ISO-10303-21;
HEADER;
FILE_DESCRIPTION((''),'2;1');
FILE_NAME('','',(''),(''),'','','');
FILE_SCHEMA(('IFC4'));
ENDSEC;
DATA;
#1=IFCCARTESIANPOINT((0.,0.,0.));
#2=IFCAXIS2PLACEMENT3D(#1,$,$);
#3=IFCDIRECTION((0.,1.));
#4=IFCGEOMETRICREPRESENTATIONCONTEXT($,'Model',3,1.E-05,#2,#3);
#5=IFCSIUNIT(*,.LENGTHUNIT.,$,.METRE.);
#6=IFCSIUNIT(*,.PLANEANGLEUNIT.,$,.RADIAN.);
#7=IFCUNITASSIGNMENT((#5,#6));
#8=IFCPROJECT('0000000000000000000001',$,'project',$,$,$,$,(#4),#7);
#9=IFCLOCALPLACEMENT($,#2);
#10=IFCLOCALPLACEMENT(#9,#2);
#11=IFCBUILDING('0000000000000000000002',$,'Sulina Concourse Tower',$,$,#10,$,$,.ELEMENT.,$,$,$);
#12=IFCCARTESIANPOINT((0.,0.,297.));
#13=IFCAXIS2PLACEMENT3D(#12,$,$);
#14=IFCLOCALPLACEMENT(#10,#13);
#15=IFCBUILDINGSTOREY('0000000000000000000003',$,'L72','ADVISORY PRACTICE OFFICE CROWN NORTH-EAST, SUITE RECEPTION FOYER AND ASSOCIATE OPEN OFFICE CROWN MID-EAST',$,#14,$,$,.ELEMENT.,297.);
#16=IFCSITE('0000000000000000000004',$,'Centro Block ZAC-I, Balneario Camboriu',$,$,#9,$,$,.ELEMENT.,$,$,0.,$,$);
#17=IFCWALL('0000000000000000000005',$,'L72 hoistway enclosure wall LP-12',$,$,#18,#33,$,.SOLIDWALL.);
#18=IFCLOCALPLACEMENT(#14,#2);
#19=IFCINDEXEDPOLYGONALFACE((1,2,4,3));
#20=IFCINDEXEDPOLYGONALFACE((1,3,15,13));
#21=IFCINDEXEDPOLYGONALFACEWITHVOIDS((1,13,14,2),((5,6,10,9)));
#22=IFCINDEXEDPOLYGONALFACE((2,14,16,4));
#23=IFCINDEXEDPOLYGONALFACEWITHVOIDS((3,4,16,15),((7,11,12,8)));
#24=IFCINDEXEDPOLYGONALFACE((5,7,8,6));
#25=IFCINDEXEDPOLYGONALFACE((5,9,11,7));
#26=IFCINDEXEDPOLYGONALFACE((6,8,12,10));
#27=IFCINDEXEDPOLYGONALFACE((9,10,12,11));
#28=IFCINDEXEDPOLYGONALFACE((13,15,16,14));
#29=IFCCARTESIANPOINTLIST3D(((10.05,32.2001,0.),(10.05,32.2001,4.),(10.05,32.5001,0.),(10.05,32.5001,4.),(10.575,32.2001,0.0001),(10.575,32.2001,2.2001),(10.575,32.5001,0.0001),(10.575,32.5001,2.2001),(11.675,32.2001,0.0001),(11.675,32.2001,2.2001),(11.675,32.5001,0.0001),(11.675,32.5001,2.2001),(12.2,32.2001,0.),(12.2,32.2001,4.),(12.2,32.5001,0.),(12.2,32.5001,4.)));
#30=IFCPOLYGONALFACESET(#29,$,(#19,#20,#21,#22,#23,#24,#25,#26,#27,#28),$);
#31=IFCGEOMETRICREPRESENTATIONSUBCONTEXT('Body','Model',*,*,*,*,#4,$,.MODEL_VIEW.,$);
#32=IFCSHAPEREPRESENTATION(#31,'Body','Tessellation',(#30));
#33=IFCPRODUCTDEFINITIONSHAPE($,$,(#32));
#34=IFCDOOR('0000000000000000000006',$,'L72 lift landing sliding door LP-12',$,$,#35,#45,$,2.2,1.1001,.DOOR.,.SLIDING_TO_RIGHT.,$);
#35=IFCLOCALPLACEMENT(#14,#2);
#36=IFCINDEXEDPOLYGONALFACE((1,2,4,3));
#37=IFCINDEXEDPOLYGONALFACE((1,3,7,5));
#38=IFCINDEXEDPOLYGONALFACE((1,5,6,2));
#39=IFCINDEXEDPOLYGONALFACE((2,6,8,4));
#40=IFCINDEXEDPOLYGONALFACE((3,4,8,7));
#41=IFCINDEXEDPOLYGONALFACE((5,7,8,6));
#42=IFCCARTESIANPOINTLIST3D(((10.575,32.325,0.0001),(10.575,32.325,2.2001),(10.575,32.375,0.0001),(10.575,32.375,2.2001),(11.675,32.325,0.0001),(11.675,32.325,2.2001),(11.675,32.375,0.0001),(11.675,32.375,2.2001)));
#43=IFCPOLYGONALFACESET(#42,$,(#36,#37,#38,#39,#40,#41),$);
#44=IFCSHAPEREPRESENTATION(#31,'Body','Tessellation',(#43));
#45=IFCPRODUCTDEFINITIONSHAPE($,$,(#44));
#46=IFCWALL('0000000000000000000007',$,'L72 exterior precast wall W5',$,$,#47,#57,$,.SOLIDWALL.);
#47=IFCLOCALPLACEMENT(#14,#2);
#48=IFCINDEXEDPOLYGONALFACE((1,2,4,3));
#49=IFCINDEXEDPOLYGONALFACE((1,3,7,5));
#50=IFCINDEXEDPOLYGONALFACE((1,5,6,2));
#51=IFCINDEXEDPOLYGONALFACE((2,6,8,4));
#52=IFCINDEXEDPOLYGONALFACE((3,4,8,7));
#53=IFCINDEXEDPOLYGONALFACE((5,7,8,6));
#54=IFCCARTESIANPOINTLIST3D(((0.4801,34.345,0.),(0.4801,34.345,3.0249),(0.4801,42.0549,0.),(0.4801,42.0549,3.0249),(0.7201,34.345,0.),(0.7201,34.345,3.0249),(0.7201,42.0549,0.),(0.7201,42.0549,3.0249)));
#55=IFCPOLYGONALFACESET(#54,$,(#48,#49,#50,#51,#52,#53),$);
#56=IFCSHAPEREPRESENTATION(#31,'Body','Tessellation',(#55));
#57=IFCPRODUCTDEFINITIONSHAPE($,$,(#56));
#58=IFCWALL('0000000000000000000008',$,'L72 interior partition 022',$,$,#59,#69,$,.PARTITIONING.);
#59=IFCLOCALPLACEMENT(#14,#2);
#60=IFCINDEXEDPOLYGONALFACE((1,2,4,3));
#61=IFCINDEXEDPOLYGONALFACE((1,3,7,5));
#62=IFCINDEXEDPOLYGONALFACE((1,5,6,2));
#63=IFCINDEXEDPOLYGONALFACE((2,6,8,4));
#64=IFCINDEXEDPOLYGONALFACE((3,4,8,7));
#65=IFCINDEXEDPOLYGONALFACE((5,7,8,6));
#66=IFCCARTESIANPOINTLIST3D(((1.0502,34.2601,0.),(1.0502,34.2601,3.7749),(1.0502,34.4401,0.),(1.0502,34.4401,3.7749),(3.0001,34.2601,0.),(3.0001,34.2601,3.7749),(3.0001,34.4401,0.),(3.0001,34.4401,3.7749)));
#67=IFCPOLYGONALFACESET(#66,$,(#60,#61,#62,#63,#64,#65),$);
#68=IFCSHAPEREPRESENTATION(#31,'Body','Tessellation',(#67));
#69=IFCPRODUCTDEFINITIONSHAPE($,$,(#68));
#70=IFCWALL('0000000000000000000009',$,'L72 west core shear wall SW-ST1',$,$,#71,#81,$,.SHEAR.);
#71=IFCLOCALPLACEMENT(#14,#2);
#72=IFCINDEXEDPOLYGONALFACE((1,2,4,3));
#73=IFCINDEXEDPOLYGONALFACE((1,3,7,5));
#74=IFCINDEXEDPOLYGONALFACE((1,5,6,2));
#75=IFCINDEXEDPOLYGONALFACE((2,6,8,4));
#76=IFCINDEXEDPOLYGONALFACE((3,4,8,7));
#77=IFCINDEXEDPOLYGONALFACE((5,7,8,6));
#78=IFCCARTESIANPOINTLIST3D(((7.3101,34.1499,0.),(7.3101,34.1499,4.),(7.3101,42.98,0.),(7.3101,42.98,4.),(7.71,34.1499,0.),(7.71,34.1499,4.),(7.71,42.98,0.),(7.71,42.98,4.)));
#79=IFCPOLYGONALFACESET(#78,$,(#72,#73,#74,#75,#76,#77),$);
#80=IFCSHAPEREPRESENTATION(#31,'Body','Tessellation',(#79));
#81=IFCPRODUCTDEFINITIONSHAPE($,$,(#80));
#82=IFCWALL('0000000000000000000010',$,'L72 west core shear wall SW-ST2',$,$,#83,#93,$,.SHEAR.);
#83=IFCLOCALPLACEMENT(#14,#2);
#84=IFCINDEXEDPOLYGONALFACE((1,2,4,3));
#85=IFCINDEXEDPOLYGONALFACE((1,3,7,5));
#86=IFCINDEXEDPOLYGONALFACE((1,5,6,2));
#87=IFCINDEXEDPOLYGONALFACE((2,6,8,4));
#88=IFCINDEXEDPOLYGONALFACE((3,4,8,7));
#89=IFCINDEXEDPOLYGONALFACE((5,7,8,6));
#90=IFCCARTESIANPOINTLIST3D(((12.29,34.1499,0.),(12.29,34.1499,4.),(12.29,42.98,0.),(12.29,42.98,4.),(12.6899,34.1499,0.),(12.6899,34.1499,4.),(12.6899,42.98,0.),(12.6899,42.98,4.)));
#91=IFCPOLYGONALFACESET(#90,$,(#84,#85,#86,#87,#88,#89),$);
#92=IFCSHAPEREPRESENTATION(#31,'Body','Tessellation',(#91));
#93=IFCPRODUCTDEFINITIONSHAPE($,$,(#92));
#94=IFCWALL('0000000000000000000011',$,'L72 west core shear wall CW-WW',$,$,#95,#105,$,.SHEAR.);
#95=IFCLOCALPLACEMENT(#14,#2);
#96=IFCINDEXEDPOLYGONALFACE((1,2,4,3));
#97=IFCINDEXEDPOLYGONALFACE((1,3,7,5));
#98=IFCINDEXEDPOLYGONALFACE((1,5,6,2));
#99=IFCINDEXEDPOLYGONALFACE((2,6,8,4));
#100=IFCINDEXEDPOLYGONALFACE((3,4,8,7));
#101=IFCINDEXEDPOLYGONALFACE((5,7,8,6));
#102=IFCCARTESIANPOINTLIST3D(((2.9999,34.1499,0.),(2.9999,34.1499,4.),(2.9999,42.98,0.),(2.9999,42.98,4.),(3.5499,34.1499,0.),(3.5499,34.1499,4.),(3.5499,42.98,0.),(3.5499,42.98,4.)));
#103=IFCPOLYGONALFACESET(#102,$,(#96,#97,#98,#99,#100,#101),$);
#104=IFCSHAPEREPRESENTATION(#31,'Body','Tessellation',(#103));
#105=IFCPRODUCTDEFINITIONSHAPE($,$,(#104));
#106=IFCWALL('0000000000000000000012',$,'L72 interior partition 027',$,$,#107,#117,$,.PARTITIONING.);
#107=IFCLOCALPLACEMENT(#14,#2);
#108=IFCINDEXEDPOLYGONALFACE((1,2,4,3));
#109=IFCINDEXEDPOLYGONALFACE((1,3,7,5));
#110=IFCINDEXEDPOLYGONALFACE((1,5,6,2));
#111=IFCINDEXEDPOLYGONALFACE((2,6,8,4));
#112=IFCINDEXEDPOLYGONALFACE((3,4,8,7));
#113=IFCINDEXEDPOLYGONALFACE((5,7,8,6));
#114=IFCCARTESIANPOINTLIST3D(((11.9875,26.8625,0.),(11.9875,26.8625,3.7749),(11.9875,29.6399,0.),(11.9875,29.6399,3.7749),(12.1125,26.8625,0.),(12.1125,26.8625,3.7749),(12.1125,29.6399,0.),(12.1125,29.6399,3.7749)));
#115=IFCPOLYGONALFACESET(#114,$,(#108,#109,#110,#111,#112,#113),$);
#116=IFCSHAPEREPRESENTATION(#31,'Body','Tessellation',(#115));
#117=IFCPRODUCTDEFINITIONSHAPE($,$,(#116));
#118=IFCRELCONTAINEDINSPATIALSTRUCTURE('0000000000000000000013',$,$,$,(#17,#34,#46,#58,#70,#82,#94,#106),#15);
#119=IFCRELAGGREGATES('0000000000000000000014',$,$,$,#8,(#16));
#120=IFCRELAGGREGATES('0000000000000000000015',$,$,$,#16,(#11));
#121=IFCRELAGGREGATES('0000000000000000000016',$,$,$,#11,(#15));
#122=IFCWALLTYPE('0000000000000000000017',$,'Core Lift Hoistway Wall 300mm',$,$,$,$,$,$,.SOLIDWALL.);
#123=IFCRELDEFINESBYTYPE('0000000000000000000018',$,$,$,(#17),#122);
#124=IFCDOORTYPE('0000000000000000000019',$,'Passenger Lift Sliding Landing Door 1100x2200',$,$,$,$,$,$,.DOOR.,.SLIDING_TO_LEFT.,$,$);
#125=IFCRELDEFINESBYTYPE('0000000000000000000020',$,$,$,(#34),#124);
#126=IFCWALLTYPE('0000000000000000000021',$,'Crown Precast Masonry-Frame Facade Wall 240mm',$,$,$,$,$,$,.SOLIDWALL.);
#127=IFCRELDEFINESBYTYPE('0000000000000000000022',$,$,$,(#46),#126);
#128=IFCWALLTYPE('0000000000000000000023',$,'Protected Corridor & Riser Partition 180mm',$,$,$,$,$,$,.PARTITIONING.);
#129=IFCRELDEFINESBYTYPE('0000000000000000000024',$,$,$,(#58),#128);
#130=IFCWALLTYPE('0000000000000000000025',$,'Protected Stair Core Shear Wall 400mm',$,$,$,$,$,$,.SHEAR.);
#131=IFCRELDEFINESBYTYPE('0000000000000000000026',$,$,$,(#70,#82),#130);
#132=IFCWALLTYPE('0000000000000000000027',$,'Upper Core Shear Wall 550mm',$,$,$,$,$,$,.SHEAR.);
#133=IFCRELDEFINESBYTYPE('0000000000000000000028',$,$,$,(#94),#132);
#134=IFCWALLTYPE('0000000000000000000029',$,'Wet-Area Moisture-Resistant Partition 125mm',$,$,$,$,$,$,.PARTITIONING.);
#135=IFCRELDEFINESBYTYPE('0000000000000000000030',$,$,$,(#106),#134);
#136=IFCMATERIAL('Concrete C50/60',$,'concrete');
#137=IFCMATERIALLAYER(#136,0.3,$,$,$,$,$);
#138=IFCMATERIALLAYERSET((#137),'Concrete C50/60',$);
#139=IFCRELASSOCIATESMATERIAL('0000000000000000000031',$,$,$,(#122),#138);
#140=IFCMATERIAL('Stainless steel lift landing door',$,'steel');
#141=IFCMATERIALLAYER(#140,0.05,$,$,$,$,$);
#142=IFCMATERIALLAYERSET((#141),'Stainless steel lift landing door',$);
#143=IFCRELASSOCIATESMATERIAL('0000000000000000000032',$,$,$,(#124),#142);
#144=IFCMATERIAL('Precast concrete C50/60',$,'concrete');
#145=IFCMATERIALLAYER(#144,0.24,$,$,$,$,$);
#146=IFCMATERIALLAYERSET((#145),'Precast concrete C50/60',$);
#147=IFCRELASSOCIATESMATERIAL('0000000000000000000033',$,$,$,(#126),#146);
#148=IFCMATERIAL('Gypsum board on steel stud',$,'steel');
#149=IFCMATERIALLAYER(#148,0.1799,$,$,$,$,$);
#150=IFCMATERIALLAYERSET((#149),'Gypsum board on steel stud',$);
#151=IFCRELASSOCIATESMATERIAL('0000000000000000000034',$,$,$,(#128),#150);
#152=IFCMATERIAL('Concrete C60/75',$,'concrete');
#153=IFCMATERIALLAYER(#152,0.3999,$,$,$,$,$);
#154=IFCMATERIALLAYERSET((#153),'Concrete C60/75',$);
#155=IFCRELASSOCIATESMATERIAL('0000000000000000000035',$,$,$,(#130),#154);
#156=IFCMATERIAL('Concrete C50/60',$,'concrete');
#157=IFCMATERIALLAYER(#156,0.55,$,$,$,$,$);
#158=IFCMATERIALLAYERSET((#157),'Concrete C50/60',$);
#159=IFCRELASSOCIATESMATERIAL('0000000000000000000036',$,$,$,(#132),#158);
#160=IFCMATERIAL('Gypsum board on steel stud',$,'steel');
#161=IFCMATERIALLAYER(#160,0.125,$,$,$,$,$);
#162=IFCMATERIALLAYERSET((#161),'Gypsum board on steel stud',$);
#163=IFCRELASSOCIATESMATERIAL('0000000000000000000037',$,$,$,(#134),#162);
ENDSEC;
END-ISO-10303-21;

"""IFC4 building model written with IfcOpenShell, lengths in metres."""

from ifc_helpers import new_model, si_unit, direction, frame, frame_2d, origin, place, context, subcontext, project, spatial, rectangle, extrude, material, layer, layer_set, type_object, element, fill, save


model = new_model("IFC4")

# Units and contexts
model_context = context("Model", 3, precision=1e-05, world=origin(), true_north=direction((0.0, 1.0)))
body_context = subcontext(model_context, "Body", "Model", "MODEL_VIEW")
ifc_project = project(units=[si_unit("LENGTHUNIT", "METRE"), si_unit("PLANEANGLEUNIT", "RADIAN")], contexts=[model_context])

# Site, building, storey
site_placement = place(None, origin())
site = spatial("IfcSite", under=ifc_project, at=site_placement, Name="Centro Block ZAC-I, Balneario Camboriu", CompositionType="ELEMENT", RefElevation=0.0)
building_placement = place(site_placement, origin())
building = spatial("IfcBuilding", under=site, at=building_placement, Name="Sulina Concourse Tower", CompositionType="ELEMENT")
storey_placement = place(building_placement, frame((0.0, 0.0, 297.0)))
storey = spatial("IfcBuildingStorey", under=building, at=storey_placement, Name="L72", Description="ADVISORY PRACTICE OFFICE CROWN NORTH-EAST, SUITE RECEPTION FOYER AND ASSOCIATE OPEN OFFICE CROWN MID-EAST", CompositionType="ELEMENT", Elevation=297.0)

# Wall, opening, door
ifc_material_1 = material(Name="Concrete C50/60", Category="concrete")
ifc_layer_1 = layer(ifc_material_1, 0.3)
ifc_layer_set_1 = layer_set([ifc_layer_1], Name="Concrete C50/60")
wall_type_1 = type_object("IfcWallType", Name="Core Lift Hoistway Wall 300mm", PredefinedType="SOLIDWALL", material=ifc_layer_set_1)
ifc_material_2 = material(Name="Stainless steel lift landing door", Category="steel")
ifc_layer_2 = layer(ifc_material_2, 0.05)
ifc_layer_set_2 = layer_set([ifc_layer_2], Name="Stainless steel lift landing door")
door_type_1 = type_object("IfcDoorType", Name="Passenger Lift Sliding Landing Door 1100x2200", OperationType="SLIDING_TO_LEFT", PredefinedType="DOOR", material=ifc_layer_set_2)
wall_1_placement = place(storey_placement, frame((10.05, 32.3501, 0.0), z_axis=(0.0, 0.0, 1.0), x_axis=(1.0, 0.0, 0.0)))
wall_1 = element("IfcWall", 1, at=wall_1_placement, inside=storey, type_object=wall_type_1, Name="L72 hoistway enclosure wall LP-12", PredefinedType="SOLIDWALL", context=body_context, shape_type="SweptSolid", body=[
    extrude(rectangle(XDim=2.1499, YDim=0.3, at=frame_2d((1.075, 0.0))), origin(), (0.0, 0.0, 1.0), 4.0),
])
opening_1_placement = place(wall_1_placement, frame((0.5249, 0.0, 0.0)))
opening_1 = element("IfcOpeningElement", 2, at=opening_1_placement, cuts=wall_1, PredefinedType="OPENING", context=body_context, shape_type="SweptSolid", body=[
    extrude(rectangle(XDim=1.1001, YDim=2.2, at=frame_2d((0.55, 1.1001))), frame((0.0, 0.1599, 0.0), z_axis=(0.0, -1.0, 0.0), x_axis=(1.0, 0.0, 0.0)), (0.0, 0.0, 1.0), 0.3201),
])
door_1_placement = place(opening_1_placement, origin())
door_1 = element("IfcDoor", 3, at=door_1_placement, inside=storey, type_object=door_type_1, Name="L72 lift landing sliding door LP-12", OperationType="SLIDING_TO_RIGHT", OverallHeight=2.2, OverallWidth=1.1001, PredefinedType="DOOR", context=body_context, shape_type="SweptSolid", body=[
    extrude(rectangle(XDim=1.1001, YDim=2.2, at=frame_2d((0.55, 1.1001))), frame((0.0, 0.0249, 0.0), z_axis=(0.0, -1.0, 0.0), x_axis=(1.0, 0.0, 0.0)), (0.0, 0.0, 1.0), 0.05),
])
fill(opening_1, door_1)

# Wall
ifc_material_3 = material(Name="Precast concrete C50/60", Category="concrete")
ifc_layer_3 = layer(ifc_material_3, 0.24)
ifc_layer_set_3 = layer_set([ifc_layer_3], Name="Precast concrete C50/60")
wall_type_2 = type_object("IfcWallType", Name="Crown Precast Masonry-Frame Facade Wall 240mm", PredefinedType="SOLIDWALL", material=ifc_layer_set_3)
wall_2_placement = place(storey_placement, frame((0.6001, 34.345, 0.0), z_axis=(0.0, 0.0, 1.0), x_axis=(0.0, 1.0, 0.0)))
element("IfcWall", 4, at=wall_2_placement, inside=storey, type_object=wall_type_2, Name="L72 exterior precast wall W5", PredefinedType="SOLIDWALL", context=body_context, shape_type="SweptSolid", body=[
    extrude(rectangle(XDim=7.71, YDim=0.24, at=frame_2d((3.855, 0.0))), origin(), (0.0, 0.0, 1.0), 3.0249),
])

# Walls
ifc_material_4 = material(Name="Gypsum board on steel stud", Category="steel")
ifc_layer_4 = layer(ifc_material_4, 0.1799)
ifc_layer_set_4 = layer_set([ifc_layer_4], Name="Gypsum board on steel stud")
wall_type_3 = type_object("IfcWallType", Name="Protected Corridor & Riser Partition 180mm", PredefinedType="PARTITIONING", material=ifc_layer_set_4)
wall_3_placement = place(storey_placement, frame((1.05, 34.3501, 0.0), z_axis=(0.0, 0.0, 1.0), x_axis=(1.0, 0.0, 0.0)))
element("IfcWall", 5, at=wall_3_placement, inside=storey, type_object=wall_type_3, Name="L72 interior partition 022", PredefinedType="PARTITIONING", context=body_context, shape_type="SweptSolid", body=[
    extrude(rectangle(XDim=1.95, YDim=0.1799, at=frame_2d((0.9751, 0.0))), origin(), (0.0, 0.0, 1.0), 3.7749),
])
ifc_material_5 = material(Name="Concrete C60/75", Category="concrete")
ifc_layer_5 = layer(ifc_material_5, 0.3999)
ifc_layer_set_5 = layer_set([ifc_layer_5], Name="Concrete C60/75")
wall_type_4 = type_object("IfcWallType", Name="Protected Stair Core Shear Wall 400mm", PredefinedType="SHEAR", material=ifc_layer_set_5)
for number, where, z_axis, x_axis, name in (
    (6, (7.51, 34.1499, 0.0), (0.0, 0.0, 1.0), (0.0, 1.0, 0.0), "L72 west core shear wall SW-ST1"),
    (7, (12.49, 34.1499, 0.0), (0.0, 0.0, 1.0), (0.0, 1.0, 0.0), "L72 west core shear wall SW-ST2"),
):
    element("IfcWall", number, at=place(storey_placement, frame(where, z_axis=z_axis, x_axis=x_axis)), inside=storey, type_object=wall_type_4, Name=name, PredefinedType="SHEAR", context=body_context, shape_type="SweptSolid", body=[
        extrude(rectangle(XDim=8.8301, YDim=0.3999, at=frame_2d((4.415, 0.0))), origin(), (0.0, 0.0, 1.0), 4.0),
    ])
ifc_material_6 = material(Name="Concrete C50/60", Category="concrete")
ifc_layer_6 = layer(ifc_material_6, 0.55)
ifc_layer_set_6 = layer_set([ifc_layer_6], Name="Concrete C50/60")
wall_type_5 = type_object("IfcWallType", Name="Upper Core Shear Wall 550mm", PredefinedType="SHEAR", material=ifc_layer_set_6)
wall_4_placement = place(storey_placement, frame((3.2749, 34.1499, 0.0), z_axis=(0.0, 0.0, 1.0), x_axis=(0.0, 1.0, 0.0)))
element("IfcWall", 8, at=wall_4_placement, inside=storey, type_object=wall_type_5, Name="L72 west core shear wall CW-WW", PredefinedType="SHEAR", context=body_context, shape_type="SweptSolid", body=[
    extrude(rectangle(XDim=8.8301, YDim=0.55, at=frame_2d((4.415, 0.0))), origin(), (0.0, 0.0, 1.0), 4.0),
])
ifc_material_7 = material(Name="Gypsum board on steel stud", Category="steel")
ifc_layer_7 = layer(ifc_material_7, 0.125)
ifc_layer_set_7 = layer_set([ifc_layer_7], Name="Gypsum board on steel stud")
wall_type_6 = type_object("IfcWallType", Name="Wet-Area Moisture-Resistant Partition 125mm", PredefinedType="PARTITIONING", material=ifc_layer_set_7)
wall_5_placement = place(storey_placement, frame((12.05, 26.8625, 0.0), z_axis=(0.0, 0.0, 1.0), x_axis=(0.0, 1.0, 0.0)))
element("IfcWall", 9, at=wall_5_placement, inside=storey, type_object=wall_type_6, Name="L72 interior partition 027", PredefinedType="PARTITIONING", context=body_context, shape_type="SweptSolid", body=[
    extrude(rectangle(XDim=2.7773, YDim=0.125, at=frame_2d((1.3887, 0.0))), origin(), (0.0, 0.0, 1.0), 3.7749),
])

save(model, "model.ifc")
